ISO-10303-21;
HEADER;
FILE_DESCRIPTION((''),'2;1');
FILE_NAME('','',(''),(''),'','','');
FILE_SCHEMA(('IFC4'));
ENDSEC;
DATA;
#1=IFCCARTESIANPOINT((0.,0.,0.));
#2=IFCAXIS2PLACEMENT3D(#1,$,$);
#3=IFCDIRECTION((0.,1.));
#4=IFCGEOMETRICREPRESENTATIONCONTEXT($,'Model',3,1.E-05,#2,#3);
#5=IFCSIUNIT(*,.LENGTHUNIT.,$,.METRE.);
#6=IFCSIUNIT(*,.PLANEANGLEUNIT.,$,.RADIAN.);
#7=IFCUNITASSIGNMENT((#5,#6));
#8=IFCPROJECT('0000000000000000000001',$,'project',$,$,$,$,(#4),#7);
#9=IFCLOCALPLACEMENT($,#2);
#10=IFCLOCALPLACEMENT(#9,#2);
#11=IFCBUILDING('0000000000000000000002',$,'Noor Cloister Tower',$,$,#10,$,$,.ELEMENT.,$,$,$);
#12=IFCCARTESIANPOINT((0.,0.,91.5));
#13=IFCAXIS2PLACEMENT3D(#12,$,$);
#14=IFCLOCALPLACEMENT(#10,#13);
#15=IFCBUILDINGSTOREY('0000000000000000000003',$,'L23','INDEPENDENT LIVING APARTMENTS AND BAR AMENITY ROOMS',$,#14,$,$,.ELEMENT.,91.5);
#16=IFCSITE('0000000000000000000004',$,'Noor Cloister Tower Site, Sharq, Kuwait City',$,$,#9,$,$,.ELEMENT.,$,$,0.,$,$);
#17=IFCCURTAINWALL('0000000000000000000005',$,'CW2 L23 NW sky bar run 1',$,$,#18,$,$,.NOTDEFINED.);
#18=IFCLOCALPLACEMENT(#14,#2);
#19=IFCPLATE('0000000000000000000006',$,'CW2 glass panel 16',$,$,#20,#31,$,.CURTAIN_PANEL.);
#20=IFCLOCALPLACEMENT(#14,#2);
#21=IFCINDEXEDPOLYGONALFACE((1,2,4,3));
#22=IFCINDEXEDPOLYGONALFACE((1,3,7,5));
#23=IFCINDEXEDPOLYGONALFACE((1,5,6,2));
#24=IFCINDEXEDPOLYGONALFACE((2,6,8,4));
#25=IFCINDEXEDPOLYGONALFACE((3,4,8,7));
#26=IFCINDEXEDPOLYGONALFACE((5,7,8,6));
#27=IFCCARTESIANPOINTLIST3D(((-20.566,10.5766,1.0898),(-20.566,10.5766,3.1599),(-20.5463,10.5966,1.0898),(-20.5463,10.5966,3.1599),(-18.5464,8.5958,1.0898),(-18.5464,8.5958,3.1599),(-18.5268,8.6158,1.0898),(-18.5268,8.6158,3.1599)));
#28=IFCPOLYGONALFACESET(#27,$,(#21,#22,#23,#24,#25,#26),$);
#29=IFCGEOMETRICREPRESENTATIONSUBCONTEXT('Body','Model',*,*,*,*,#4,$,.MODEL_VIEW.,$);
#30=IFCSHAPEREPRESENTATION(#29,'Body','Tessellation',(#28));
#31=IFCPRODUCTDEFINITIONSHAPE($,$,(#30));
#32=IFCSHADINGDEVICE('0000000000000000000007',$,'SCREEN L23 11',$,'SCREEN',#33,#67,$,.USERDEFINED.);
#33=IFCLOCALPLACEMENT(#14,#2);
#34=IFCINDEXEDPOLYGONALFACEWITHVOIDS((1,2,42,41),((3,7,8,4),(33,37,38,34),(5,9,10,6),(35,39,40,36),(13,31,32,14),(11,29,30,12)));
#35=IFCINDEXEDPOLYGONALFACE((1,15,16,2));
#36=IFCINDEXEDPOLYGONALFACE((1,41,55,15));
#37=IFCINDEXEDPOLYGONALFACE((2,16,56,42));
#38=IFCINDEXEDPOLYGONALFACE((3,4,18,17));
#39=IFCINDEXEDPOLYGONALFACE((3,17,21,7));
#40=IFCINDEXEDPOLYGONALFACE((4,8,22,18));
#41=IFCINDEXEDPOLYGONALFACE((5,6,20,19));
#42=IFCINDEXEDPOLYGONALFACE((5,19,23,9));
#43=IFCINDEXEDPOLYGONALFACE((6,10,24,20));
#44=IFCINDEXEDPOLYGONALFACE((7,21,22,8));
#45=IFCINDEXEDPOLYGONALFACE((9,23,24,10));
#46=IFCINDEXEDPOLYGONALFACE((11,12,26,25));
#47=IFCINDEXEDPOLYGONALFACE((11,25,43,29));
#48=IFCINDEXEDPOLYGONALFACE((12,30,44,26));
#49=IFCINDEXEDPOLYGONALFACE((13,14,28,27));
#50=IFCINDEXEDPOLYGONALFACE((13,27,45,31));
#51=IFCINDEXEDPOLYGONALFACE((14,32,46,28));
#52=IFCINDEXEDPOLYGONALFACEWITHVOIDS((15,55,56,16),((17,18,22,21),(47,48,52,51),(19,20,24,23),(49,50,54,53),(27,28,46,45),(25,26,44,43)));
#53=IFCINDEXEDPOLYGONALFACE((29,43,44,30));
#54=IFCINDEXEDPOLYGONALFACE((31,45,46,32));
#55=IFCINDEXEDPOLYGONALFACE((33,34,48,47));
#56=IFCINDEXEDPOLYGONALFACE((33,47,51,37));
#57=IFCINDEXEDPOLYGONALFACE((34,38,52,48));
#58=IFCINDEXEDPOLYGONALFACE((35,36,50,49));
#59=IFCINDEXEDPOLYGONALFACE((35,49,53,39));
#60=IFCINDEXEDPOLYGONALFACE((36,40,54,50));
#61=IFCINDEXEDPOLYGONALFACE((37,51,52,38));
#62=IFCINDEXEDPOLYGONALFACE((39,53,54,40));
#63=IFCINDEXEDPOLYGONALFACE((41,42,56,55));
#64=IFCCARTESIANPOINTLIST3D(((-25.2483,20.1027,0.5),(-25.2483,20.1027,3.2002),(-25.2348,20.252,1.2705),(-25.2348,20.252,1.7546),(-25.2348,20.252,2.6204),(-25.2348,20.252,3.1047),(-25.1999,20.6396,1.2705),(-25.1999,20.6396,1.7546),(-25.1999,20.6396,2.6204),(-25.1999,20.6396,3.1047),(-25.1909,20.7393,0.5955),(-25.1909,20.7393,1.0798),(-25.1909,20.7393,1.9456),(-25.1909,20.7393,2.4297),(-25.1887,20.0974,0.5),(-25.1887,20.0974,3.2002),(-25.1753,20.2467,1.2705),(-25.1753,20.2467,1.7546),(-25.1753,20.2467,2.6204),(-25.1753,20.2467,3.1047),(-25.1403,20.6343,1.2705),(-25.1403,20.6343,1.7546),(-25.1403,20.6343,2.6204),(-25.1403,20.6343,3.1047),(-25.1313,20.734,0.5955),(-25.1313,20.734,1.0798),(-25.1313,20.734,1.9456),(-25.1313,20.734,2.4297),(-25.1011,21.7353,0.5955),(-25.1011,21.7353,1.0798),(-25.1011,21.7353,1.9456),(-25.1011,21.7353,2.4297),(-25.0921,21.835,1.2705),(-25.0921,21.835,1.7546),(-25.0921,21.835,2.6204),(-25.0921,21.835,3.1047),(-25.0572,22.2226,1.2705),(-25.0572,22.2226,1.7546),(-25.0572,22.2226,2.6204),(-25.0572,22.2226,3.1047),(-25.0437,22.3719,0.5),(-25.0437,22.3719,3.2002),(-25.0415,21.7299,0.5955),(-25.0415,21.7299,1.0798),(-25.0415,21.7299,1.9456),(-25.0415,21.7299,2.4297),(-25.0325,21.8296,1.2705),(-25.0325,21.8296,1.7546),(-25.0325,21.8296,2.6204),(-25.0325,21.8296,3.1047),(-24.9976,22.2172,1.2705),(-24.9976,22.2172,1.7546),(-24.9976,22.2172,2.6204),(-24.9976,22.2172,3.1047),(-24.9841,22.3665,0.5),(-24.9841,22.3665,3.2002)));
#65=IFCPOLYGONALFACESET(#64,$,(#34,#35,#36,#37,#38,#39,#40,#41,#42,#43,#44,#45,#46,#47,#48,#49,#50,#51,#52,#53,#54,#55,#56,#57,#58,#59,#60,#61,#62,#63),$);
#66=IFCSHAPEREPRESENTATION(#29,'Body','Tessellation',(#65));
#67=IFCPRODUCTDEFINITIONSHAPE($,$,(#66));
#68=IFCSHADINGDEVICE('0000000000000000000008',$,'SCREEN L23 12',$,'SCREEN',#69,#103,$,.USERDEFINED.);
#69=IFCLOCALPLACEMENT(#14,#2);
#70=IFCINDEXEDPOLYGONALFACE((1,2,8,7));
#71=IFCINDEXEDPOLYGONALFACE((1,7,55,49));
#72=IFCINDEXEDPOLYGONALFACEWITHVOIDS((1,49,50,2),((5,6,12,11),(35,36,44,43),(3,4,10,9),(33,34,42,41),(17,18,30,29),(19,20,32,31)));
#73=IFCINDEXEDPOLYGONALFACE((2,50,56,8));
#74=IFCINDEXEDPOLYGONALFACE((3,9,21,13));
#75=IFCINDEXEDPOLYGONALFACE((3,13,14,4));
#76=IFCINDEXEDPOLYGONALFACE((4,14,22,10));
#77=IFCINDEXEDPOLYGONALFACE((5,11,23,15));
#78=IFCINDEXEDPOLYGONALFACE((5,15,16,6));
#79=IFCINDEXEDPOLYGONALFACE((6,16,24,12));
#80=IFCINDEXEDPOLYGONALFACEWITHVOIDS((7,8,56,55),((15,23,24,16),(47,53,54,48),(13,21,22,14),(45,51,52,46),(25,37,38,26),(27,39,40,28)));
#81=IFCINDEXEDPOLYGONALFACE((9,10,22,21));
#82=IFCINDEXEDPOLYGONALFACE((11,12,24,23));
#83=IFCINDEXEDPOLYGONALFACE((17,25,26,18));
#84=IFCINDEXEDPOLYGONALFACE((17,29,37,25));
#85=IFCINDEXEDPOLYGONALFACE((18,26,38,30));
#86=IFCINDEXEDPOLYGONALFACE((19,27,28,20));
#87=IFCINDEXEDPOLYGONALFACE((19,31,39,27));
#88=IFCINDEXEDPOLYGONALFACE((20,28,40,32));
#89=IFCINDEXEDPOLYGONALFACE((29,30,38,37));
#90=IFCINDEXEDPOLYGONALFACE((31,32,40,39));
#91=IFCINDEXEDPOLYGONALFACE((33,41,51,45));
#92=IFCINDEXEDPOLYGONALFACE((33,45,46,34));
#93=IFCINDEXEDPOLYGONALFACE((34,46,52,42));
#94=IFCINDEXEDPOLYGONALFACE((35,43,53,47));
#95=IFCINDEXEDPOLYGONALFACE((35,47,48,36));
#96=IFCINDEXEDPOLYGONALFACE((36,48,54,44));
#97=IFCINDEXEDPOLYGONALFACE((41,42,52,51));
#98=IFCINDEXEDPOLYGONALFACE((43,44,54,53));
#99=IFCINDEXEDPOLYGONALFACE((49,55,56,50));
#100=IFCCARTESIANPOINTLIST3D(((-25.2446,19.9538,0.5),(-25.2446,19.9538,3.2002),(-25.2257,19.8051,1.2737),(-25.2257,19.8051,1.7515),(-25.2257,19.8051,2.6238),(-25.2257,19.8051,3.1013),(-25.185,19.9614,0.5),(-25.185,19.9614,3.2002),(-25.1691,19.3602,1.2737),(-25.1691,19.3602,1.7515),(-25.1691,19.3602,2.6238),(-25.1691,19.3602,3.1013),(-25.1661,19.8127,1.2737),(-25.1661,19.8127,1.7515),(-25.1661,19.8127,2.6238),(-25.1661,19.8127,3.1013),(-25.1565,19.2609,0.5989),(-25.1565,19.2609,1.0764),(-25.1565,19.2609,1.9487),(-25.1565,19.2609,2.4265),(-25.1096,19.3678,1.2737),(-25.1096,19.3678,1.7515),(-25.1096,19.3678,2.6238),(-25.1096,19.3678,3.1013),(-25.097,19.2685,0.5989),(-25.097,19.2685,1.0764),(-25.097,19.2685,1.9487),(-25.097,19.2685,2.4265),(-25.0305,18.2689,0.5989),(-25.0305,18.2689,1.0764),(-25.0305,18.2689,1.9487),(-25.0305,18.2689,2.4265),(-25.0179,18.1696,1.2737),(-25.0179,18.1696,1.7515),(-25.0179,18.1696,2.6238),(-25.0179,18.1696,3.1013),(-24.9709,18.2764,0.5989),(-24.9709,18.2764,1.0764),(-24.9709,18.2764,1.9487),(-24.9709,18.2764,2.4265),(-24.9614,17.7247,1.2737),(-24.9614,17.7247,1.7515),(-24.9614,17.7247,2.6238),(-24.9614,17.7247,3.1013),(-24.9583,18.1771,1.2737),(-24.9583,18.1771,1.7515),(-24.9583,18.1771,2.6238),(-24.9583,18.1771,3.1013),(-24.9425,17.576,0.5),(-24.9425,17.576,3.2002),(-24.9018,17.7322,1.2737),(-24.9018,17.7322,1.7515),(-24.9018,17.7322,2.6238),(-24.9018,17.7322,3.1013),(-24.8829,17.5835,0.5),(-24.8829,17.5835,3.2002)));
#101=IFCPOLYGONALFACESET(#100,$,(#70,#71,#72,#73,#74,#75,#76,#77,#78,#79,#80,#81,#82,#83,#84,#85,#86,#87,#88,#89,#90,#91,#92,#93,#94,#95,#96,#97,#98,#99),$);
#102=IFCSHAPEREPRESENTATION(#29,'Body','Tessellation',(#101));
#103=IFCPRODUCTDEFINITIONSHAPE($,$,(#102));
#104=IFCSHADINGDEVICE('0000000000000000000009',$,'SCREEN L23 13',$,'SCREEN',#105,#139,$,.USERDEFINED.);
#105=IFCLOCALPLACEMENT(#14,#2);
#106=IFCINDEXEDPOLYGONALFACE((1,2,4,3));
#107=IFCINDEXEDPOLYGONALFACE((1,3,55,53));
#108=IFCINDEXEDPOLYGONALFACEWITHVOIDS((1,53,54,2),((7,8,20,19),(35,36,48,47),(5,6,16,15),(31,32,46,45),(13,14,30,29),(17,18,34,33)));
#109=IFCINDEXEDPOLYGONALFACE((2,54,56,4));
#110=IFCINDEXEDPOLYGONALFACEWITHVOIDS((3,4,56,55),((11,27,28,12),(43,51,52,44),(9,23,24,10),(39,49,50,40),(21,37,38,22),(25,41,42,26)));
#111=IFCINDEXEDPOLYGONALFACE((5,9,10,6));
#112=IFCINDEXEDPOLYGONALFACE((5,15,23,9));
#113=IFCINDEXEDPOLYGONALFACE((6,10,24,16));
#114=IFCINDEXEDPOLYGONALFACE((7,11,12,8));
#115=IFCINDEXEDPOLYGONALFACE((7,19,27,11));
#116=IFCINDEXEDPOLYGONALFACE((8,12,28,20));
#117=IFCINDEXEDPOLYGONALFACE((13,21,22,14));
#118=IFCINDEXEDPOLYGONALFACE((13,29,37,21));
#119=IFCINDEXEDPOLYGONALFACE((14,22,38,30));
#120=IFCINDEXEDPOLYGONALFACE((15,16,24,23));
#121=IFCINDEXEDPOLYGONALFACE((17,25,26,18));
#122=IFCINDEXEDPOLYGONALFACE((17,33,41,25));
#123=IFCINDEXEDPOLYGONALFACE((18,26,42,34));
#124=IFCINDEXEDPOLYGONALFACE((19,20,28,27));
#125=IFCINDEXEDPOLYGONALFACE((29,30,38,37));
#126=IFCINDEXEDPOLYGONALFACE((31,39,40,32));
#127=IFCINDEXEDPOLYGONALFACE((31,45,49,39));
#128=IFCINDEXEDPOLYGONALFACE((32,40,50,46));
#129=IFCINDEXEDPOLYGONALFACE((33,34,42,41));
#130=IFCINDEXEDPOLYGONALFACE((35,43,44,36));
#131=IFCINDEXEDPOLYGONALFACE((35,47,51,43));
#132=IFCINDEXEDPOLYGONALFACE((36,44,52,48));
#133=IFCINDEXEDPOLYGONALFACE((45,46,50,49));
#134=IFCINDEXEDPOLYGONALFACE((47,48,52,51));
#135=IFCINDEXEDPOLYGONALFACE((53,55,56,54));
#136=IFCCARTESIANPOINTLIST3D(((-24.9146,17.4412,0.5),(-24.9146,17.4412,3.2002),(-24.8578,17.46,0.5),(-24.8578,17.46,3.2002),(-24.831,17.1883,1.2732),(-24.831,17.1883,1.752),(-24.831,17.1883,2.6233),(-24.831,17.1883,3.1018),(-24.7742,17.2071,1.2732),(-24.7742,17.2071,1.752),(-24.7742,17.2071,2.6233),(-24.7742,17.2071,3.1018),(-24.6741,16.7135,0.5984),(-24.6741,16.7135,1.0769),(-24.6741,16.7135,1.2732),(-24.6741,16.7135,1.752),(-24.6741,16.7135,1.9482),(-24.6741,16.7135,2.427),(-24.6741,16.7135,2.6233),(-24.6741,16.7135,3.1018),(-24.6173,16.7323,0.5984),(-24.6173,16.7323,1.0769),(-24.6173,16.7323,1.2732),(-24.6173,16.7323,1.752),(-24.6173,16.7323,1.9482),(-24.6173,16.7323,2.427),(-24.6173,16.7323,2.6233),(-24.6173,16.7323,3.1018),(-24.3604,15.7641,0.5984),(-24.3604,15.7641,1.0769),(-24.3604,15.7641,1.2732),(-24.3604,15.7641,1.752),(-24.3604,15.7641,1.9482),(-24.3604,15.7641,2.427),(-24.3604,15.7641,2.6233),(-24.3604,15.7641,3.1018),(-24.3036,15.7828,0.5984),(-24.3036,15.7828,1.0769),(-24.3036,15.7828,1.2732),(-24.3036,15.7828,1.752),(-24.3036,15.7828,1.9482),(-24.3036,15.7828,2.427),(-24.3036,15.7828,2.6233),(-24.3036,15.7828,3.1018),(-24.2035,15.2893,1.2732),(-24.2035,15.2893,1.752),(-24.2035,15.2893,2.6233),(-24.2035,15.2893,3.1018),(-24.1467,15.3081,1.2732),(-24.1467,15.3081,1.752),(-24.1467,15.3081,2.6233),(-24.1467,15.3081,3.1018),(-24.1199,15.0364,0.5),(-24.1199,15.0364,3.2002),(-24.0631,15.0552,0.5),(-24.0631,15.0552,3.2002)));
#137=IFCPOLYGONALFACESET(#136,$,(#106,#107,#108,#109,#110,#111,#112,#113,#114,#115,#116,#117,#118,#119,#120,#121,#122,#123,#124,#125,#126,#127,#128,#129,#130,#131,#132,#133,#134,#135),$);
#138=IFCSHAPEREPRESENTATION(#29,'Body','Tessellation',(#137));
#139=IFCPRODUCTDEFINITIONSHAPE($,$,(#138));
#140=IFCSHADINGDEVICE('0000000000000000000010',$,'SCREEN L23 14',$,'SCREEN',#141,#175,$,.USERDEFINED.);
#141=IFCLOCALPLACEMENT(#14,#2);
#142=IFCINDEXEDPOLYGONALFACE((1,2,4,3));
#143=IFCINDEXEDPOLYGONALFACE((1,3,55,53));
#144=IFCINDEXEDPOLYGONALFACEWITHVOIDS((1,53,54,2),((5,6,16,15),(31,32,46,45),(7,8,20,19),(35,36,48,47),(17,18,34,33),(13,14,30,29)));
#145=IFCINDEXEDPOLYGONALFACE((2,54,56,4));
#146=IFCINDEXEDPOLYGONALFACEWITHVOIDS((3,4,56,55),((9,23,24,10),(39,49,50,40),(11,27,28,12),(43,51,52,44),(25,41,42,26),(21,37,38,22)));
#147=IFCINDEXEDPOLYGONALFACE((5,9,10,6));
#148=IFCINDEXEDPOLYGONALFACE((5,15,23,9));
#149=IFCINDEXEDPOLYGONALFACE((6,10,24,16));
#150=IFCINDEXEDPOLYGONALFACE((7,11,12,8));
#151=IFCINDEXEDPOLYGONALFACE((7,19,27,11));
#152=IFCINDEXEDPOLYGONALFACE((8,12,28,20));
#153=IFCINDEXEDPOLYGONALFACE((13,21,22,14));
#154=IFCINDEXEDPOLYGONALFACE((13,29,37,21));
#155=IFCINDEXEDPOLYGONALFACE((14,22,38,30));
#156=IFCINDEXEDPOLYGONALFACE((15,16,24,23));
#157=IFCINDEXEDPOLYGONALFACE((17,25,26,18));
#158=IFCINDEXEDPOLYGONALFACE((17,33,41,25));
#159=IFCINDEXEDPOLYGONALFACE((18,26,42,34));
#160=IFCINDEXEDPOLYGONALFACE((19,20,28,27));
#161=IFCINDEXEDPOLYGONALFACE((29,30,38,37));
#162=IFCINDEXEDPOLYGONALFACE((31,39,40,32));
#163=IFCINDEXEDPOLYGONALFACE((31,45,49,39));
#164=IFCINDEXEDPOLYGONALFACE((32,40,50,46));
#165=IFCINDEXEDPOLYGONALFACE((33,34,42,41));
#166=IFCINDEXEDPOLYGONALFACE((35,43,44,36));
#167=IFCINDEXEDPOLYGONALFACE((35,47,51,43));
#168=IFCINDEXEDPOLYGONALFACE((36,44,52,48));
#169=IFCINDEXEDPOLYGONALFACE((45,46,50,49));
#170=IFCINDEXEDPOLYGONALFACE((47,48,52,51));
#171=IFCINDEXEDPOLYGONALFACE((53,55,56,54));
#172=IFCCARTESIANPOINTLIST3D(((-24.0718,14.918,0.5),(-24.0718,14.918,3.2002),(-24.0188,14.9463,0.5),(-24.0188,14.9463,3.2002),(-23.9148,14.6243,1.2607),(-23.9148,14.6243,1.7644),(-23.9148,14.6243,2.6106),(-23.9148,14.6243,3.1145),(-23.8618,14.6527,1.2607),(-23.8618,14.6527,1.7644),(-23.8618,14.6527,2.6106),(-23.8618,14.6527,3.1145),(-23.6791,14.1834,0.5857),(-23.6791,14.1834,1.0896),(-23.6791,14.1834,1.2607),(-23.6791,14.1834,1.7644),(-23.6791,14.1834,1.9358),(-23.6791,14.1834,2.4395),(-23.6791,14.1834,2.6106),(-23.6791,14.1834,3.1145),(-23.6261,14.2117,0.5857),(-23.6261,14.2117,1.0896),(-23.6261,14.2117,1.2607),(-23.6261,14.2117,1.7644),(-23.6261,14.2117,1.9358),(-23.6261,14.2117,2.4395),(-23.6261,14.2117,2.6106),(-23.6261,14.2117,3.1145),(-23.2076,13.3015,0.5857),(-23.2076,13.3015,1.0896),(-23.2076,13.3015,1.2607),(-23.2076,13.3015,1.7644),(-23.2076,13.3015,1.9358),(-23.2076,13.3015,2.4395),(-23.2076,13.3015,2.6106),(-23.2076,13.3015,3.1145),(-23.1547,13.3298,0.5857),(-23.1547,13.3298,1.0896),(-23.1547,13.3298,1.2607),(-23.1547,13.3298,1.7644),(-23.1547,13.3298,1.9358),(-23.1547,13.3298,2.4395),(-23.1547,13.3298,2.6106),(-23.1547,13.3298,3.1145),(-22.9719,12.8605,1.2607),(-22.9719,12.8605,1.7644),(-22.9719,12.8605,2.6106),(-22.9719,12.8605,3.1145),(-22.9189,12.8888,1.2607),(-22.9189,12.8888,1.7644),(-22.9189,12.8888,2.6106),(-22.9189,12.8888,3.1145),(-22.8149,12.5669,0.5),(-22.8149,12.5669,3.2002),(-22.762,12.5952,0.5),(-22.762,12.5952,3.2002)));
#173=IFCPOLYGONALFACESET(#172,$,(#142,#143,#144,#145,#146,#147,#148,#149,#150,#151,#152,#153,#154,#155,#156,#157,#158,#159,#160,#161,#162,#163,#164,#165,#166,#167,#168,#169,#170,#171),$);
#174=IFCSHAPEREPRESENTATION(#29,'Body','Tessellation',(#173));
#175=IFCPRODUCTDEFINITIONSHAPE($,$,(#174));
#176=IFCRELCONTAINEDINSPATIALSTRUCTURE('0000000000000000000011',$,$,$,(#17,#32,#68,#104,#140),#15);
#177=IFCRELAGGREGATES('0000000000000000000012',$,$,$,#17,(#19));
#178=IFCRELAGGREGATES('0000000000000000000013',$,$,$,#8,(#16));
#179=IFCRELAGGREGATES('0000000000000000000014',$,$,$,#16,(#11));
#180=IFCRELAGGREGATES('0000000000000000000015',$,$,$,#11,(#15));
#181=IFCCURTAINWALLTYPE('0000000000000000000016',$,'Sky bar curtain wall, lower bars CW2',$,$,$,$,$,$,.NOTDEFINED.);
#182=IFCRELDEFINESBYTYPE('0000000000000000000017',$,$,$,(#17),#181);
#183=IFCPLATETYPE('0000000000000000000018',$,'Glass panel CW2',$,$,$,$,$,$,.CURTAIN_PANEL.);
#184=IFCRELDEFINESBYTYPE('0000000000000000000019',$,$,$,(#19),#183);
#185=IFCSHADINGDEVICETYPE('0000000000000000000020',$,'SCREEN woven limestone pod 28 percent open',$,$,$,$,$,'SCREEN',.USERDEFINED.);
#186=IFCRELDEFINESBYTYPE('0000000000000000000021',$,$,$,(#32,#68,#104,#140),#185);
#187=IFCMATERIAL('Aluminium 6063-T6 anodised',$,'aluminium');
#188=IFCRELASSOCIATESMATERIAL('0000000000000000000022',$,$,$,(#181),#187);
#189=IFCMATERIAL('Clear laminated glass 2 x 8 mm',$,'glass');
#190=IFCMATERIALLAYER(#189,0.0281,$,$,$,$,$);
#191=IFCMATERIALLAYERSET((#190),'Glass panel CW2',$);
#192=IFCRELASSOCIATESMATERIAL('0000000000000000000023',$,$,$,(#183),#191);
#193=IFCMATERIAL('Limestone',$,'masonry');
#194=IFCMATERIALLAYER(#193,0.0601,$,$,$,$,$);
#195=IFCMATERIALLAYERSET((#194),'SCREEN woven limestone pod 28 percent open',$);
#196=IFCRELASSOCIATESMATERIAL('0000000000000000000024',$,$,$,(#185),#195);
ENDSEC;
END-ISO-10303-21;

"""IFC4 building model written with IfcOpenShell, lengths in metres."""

from ifc_helpers import new_model, si_unit, direction, frame, origin, origin_2d, place, context, subcontext, project, spatial, polyline, rectangle, outline, extrude, material, layer, layer_set, type_object, element, aggregate, save


model = new_model("IFC4")

# Units and contexts
model_context = context("Model", 3, precision=1e-05, world=origin(), true_north=direction((0.0, 1.0)))
body_context = subcontext(model_context, "Body", "Model", "MODEL_VIEW")
ifc_project = project(units=[si_unit("LENGTHUNIT", "METRE"), si_unit("PLANEANGLEUNIT", "RADIAN")], contexts=[model_context])

# Site, building, storey
site_placement = place(None, origin())
site = spatial("IfcSite", under=ifc_project, at=site_placement, Name="Noor Cloister Tower Site, Sharq, Kuwait City", CompositionType="ELEMENT", RefElevation=0.0)
building_placement = place(site_placement, origin())
building = spatial("IfcBuilding", under=site, at=building_placement, Name="Noor Cloister Tower", CompositionType="ELEMENT")
storey_placement = place(building_placement, frame((0.0, 0.0, 91.5)))
storey = spatial("IfcBuildingStorey", under=building, at=storey_placement, Name="L23", Description="INDEPENDENT LIVING APARTMENTS AND BAR AMENITY ROOMS", CompositionType="ELEMENT", Elevation=91.5)

# Curtain wall, plate
ifc_material_1 = material(Name="Aluminium 6063-T6 anodised", Category="aluminium")
curtain_wall_type = type_object("IfcCurtainWallType", Name="Sky bar curtain wall, lower bars CW2", PredefinedType="NOTDEFINED", material=ifc_material_1)
curtain_wall_placement = place(storey_placement, origin())
curtain_wall = element("IfcCurtainWall", 1, at=curtain_wall_placement, inside=storey, type_object=curtain_wall_type, Name="CW2 L23 NW sky bar run 1", PredefinedType="NOTDEFINED")
ifc_material_2 = material(Name="Clear laminated glass 2 x 8 mm", Category="glass")
ifc_layer_1 = layer(ifc_material_2, 0.0281)
ifc_layer_set_1 = layer_set([ifc_layer_1], Name="Glass panel CW2")
plate_type = type_object("IfcPlateType", Name="Glass panel CW2", PredefinedType="CURTAIN_PANEL", material=ifc_layer_set_1)
plate_1_placement = place(storey_placement, frame((-19.5464, 9.5962, 1.0898), z_axis=(0.0, 0.0, 1.0), x_axis=(0.713922, -0.700225, 0.0)))
plate_1 = element("IfcPlate", 2, at=plate_1_placement, type_object=plate_type, Name="CW2 glass panel 16", PredefinedType="CURTAIN_PANEL", context=body_context, shape_type="SweptSolid", body=[
    extrude(rectangle(XDim=2.8289, YDim=0.0281, at=origin_2d()), origin(), (0.0, 0.0, 1.0), 2.0701),
])
aggregate(curtain_wall, [plate_1])

# Shading devices
ifc_material_3 = material(Name="Limestone", Category="masonry")
ifc_layer_2 = layer(ifc_material_3, 0.0601)
ifc_layer_set_2 = layer_set([ifc_layer_2], Name="SCREEN woven limestone pod 28 percent open")
shading_device_type = type_object("IfcShadingDeviceType", Name="SCREEN woven limestone pod 28 percent open", ElementType="SCREEN", PredefinedType="USERDEFINED", material=ifc_layer_set_2)
shading_device_1_placement = place(storey_placement, frame((-25.0864, 21.2319, 1.8501), z_axis=(-0.99596, 0.0898, 0.0), x_axis=(-0.0898, -0.99596, 0.0)))
element("IfcShadingDevice", 3, at=shading_device_1_placement, inside=storey, type_object=shading_device_type, Name="SCREEN L23 11", ObjectType="SCREEN", PredefinedType="USERDEFINED", context=body_context, shape_type="SweptSolid", body=[
    extrude(outline(polyline([(-1.1392, -1.3501), (1.1392, -1.3501), (1.1392, 1.3501), (-1.1392, 1.3501), (-1.1392, -1.3501)]), holes=[polyline([(-0.5, -1.2546), (0.5, -1.2546), (0.5, -0.7703), (-0.5, -0.7703), (-0.5, -1.2546)]), polyline([(0.6001, -0.5796), (0.9893, -0.5796), (0.9893, -0.0955), (0.6001, -0.0955), (0.6001, -0.5796)]), polyline([(-0.9893, -0.5796), (-0.6001, -0.5796), (-0.6001, -0.0955), (-0.9893, -0.0955), (-0.9893, -0.5796)]), polyline([(-0.5, 0.0955), (0.5, 0.0955), (0.5, 0.5796), (-0.5, 0.5796), (-0.5, 0.0955)]), polyline([(0.6001, 0.7703), (0.9893, 0.7703), (0.9893, 1.2546), (0.6001, 1.2546), (0.6001, 0.7703)]), polyline([(-0.9893, 0.7703), (-0.6001, 0.7703), (-0.6001, 1.2546), (-0.9893, 1.2546), (-0.9893, 0.7703)])]), origin(), (0.0, 0.0, 1.0), 0.0598),
])
shading_device_2_placement = place(storey_placement, frame((-25.0339, 18.7725, 1.8501), z_axis=(-0.992026, -0.126036, 0.0), x_axis=(0.126036, -0.992026, 0.0)))
element("IfcShadingDevice", 4, at=shading_device_2_placement, inside=storey, type_object=shading_device_type, Name="SCREEN L23 12", ObjectType="SCREEN", PredefinedType="USERDEFINED", context=body_context, shape_type="SweptSolid", body=[
    extrude(outline(polyline([(-1.1985, -1.3501), (1.1985, -1.3501), (1.1985, 1.3501), (-1.1985, 1.3501), (-1.1985, -1.3501)]), holes=[polyline([(-0.5, -1.2512), (0.5, -1.2512), (0.5, -0.7737), (-0.5, -0.7737), (-0.5, -1.2512)]), polyline([(0.6001, -0.5764), (1.0486, -0.5764), (1.0486, -0.0986), (0.6001, -0.0986), (0.6001, -0.5764)]), polyline([(-1.0486, -0.5764), (-0.6001, -0.5764), (-0.6001, -0.0986), (-1.0486, -0.0986), (-1.0486, -0.5764)]), polyline([(-0.5, 0.0986), (0.5, 0.0986), (0.5, 0.5764), (-0.5, 0.5764), (-0.5, 0.0986)]), polyline([(0.6001, 0.7737), (1.0486, 0.7737), (1.0486, 1.2512), (0.6001, 1.2512), (0.6001, 0.7737)]), polyline([(-1.0486, 0.7737), (-0.6001, 0.7737), (-0.6001, 1.2512), (-1.0486, 1.2512), (-1.0486, 0.7737)])]), origin(), (0.0, 0.0, 1.0), 0.0601),
])
shading_device_3_placement = place(storey_placement, frame((-24.4604, 16.2576, 1.8501), z_axis=(-0.949495, -0.313782, 0.0), x_axis=(0.313782, -0.949495, 0.0)))
element("IfcShadingDevice", 5, at=shading_device_3_placement, inside=storey, type_object=shading_device_type, Name="SCREEN L23 13", ObjectType="SCREEN", PredefinedType="USERDEFINED", context=body_context, shape_type="SweptSolid", body=[
    extrude(outline(polyline([(-1.2664, -1.3501), (1.2664, -1.3501), (1.2664, 1.3501), (-1.2664, 1.3501), (-1.2664, -1.3501)]), holes=[polyline([(-0.5, -1.2517), (0.5, -1.2517), (0.5, -0.7732), (-0.5, -0.7732), (-0.5, -1.2517)]), polyline([(-1.0, -0.5769), (-0.5, -0.5769), (-0.5, -0.0981), (-1.0, -0.0981), (-1.0, -0.5769)]), polyline([(0.5, -0.5769), (1.0, -0.5769), (1.0, -0.0981), (0.5, -0.0981), (0.5, -0.5769)]), polyline([(-0.5, 0.0981), (0.5, 0.0981), (0.5, 0.5769), (-0.5, 0.5769), (-0.5, 0.0981)]), polyline([(-1.0, 0.7732), (-0.5, 0.7732), (-0.5, 1.2517), (-1.0, 1.2517), (-1.0, 0.7732)]), polyline([(0.5, 0.7732), (1.0, 0.7732), (1.0, 1.2517), (0.5, 1.2517), (0.5, 0.7732)])]), origin(), (0.0, 0.0, 1.0), 0.0598),
])
shading_device_4_placement = place(storey_placement, frame((-23.3904, 13.7708, 1.8501), z_axis=(-0.881903, -0.471432, 0.0), x_axis=(0.471432, -0.881903, 0.0)))
element("IfcShadingDevice", 6, at=shading_device_4_placement, inside=storey, type_object=shading_device_type, Name="SCREEN L23 14", ObjectType="SCREEN", PredefinedType="USERDEFINED", context=body_context, shape_type="SweptSolid", body=[
    extrude(outline(polyline([(-1.333, -1.3501), (1.333, -1.3501), (1.333, 1.3501), (-1.333, 1.3501), (-1.333, -1.3501)]), holes=[polyline([(-0.5, -1.2644), (0.5, -1.2644), (0.5, -0.7605), (-0.5, -0.7605), (-0.5, -1.2644)]), polyline([(-1.0, -0.5894), (-0.5, -0.5894), (-0.5, -0.0857), (-1.0, -0.0857), (-1.0, -0.5894)]), polyline([(0.5, -0.5894), (1.0, -0.5894), (1.0, -0.0857), (0.5, -0.0857), (0.5, -0.5894)]), polyline([(-0.5, 0.0857), (0.5, 0.0857), (0.5, 0.5894), (-0.5, 0.5894), (-0.5, 0.0857)]), polyline([(-1.0, 0.7605), (-0.5, 0.7605), (-0.5, 1.2644), (-1.0, 1.2644), (-1.0, 0.7605)]), polyline([(0.5, 0.7605), (1.0, 0.7605), (1.0, 1.2644), (0.5, 1.2644), (0.5, 0.7605)])]), origin(), (0.0, 0.0, 1.0), 0.0601),
])

save(model, "model.ifc")
